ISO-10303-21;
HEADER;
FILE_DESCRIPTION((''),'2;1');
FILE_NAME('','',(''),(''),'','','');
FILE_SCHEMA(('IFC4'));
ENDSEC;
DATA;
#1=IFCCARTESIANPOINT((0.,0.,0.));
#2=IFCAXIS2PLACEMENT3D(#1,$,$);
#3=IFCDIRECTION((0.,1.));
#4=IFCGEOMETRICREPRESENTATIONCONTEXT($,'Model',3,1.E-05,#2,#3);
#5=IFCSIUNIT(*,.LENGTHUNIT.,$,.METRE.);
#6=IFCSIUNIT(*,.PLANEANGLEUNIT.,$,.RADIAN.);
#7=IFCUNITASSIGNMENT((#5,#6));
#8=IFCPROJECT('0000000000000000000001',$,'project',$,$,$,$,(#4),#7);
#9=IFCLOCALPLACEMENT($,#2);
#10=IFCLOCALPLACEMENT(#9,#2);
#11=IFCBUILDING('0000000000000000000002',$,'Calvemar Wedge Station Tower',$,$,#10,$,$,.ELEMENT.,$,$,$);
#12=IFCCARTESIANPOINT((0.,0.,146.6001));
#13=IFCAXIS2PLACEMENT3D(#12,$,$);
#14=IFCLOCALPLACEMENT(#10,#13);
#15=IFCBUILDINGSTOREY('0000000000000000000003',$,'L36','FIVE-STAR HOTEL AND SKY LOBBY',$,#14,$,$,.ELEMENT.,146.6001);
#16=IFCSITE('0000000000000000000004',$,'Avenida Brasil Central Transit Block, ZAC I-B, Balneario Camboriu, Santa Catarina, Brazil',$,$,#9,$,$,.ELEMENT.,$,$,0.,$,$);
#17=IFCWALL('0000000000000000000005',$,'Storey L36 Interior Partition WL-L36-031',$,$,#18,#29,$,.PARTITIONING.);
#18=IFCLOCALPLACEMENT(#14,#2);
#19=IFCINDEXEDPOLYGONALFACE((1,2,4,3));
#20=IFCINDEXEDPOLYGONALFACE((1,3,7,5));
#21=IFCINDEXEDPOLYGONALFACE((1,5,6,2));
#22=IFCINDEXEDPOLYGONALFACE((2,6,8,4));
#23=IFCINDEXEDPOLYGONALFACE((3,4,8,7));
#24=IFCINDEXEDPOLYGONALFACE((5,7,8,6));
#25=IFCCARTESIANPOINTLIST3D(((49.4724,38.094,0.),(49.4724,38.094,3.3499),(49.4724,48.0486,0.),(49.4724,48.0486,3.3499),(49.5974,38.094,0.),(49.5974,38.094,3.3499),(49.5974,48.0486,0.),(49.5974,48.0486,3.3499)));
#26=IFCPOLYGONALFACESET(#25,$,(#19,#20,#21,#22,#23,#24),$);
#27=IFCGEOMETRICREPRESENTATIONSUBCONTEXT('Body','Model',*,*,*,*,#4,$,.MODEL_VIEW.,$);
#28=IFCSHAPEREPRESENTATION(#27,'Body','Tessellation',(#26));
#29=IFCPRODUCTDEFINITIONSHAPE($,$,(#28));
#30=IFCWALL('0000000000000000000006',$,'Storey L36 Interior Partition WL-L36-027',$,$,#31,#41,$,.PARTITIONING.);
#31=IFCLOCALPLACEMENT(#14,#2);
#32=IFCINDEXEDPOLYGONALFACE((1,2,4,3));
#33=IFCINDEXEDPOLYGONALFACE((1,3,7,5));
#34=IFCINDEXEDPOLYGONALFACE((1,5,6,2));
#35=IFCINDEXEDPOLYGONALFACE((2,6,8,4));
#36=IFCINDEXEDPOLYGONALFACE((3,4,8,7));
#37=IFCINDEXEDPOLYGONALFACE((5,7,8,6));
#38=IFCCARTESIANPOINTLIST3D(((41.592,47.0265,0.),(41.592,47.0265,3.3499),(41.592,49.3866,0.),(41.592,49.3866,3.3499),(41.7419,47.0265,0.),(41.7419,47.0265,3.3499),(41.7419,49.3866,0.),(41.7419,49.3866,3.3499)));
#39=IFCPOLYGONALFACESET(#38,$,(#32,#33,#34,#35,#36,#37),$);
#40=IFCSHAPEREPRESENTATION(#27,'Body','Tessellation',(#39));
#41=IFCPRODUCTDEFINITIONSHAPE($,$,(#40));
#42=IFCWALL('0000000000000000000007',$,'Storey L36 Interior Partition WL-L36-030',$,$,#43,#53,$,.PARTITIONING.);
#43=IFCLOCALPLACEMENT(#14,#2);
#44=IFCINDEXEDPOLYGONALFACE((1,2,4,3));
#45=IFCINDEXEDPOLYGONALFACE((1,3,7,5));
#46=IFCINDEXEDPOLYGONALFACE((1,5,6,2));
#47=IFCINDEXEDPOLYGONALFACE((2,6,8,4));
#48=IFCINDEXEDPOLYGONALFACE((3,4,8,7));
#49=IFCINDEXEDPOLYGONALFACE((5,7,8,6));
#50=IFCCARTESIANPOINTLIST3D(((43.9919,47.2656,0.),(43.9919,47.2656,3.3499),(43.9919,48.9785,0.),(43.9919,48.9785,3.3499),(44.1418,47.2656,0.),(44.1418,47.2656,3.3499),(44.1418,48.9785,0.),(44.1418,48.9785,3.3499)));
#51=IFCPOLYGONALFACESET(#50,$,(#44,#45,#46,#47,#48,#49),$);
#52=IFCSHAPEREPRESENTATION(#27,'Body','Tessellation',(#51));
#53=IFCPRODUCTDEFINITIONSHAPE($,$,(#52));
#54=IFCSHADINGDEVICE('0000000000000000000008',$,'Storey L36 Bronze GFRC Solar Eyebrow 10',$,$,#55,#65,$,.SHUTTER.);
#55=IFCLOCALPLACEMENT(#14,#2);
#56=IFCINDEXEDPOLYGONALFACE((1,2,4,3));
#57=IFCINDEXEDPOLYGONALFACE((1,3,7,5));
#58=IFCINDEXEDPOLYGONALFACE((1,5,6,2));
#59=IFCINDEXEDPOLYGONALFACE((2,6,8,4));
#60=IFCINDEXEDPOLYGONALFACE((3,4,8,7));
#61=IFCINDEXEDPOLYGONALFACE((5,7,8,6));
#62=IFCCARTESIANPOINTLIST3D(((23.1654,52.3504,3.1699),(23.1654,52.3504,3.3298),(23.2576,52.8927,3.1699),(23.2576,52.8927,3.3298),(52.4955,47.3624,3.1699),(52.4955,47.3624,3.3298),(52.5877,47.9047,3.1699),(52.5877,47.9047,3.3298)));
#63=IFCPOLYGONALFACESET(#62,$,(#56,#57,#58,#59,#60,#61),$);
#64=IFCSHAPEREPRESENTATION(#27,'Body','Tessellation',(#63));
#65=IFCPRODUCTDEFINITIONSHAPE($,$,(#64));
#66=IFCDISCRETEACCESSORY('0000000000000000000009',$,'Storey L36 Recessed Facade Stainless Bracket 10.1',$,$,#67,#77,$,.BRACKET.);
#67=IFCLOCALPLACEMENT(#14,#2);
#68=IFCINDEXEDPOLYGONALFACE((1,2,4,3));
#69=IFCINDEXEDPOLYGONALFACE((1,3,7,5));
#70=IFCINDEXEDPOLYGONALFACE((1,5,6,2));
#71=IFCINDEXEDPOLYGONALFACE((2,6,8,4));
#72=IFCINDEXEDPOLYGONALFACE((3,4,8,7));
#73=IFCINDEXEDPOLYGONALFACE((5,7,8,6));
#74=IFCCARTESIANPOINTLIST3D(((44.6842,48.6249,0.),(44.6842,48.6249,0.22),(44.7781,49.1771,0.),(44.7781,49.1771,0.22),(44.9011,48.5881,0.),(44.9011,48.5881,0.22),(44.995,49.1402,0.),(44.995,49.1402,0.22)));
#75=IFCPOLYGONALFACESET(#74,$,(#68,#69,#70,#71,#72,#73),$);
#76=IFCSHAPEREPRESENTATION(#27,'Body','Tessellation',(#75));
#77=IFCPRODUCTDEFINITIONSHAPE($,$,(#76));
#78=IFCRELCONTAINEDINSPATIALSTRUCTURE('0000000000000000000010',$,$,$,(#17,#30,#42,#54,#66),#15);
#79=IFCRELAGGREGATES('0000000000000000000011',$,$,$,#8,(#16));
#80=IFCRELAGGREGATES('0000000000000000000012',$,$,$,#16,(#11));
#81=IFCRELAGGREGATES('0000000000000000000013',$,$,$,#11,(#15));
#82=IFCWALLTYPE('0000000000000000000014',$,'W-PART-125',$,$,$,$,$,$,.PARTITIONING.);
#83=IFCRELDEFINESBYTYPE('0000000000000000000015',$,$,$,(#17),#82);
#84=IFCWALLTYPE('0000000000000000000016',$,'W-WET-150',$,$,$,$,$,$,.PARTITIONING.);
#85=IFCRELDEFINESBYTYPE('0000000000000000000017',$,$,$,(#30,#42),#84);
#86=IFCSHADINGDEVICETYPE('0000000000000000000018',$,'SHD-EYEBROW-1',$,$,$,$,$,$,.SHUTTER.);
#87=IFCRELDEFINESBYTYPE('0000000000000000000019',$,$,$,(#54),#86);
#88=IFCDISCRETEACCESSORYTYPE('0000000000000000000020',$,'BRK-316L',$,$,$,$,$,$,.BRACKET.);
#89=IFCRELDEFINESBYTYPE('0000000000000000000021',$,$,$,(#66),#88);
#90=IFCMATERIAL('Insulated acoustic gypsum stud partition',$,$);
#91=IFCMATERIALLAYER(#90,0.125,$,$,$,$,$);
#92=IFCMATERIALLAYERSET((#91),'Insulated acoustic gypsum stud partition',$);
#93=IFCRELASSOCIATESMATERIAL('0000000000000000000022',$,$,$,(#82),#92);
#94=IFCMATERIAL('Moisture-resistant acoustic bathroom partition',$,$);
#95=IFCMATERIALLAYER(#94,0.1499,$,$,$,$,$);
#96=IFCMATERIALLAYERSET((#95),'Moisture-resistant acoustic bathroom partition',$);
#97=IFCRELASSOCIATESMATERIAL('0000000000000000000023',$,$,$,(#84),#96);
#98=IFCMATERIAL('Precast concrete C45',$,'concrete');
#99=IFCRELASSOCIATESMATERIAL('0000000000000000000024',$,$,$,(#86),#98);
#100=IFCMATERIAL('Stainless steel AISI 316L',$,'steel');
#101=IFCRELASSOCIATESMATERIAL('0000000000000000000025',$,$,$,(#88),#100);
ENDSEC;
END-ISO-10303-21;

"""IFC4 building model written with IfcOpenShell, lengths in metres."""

from ifc_helpers import new_model, si_unit, direction, frame, frame_2d, origin, origin_2d, place, context, subcontext, project, spatial, rectangle, extrude, source, transform, mapped, material, layer, layer_set, type_object, element, save


model = new_model("IFC4")

# Units and contexts
model_context = context("Model", 3, precision=1e-05, world=origin(), true_north=direction((0.0, 1.0)))
body_context = subcontext(model_context, "Body", "Model", "MODEL_VIEW")
ifc_project = project(units=[si_unit("LENGTHUNIT", "METRE"), si_unit("PLANEANGLEUNIT", "RADIAN")], contexts=[model_context])

# Site, building, storey
site_placement = place(None, origin())
site = spatial("IfcSite", under=ifc_project, at=site_placement, Name="Avenida Brasil Central Transit Block, ZAC I-B, Balneario Camboriu, Santa Catarina, Brazil", CompositionType="ELEMENT", RefElevation=0.0)
building_placement = place(site_placement, origin())
building = spatial("IfcBuilding", under=site, at=building_placement, Name="Calvemar Wedge Station Tower", CompositionType="ELEMENT")
storey_placement = place(building_placement, frame((0.0, 0.0, 146.6001)))
storey = spatial("IfcBuildingStorey", under=building, at=storey_placement, Name="L36", Description="FIVE-STAR HOTEL AND SKY LOBBY", CompositionType="ELEMENT", Elevation=146.6001)

# Walls
ifc_material_1 = material(Name="Precast concrete C45", Category="concrete")
ifc_material_2 = material(Name="Insulated acoustic gypsum stud partition")
ifc_layer_1 = layer(ifc_material_2, 0.125)
ifc_layer_set_1 = layer_set([ifc_layer_1], Name="Insulated acoustic gypsum stud partition")
wall_type_1 = type_object("IfcWallType", Name="W-PART-125", PredefinedType="PARTITIONING", material=ifc_layer_set_1)
wall_1_placement = place(storey_placement, frame((49.5349, 48.0486, 0.0), z_axis=(0.0, 0.0, 1.0), x_axis=(0.0, -1.0, 0.0)))
element("IfcWall", 1, at=wall_1_placement, inside=storey, type_object=wall_type_1, Name="Storey L36 Interior Partition WL-L36-031", PredefinedType="PARTITIONING", context=body_context, shape_type="SweptSolid", body=[
    extrude(rectangle(XDim=9.9546, YDim=0.125, at=frame_2d((4.9773, 0.0))), origin(), (0.0, 0.0, 1.0), 3.3499),
])
ifc_material_3 = material(Name="Moisture-resistant acoustic bathroom partition")
ifc_layer_2 = layer(ifc_material_3, 0.1499)
ifc_layer_set_2 = layer_set([ifc_layer_2], Name="Moisture-resistant acoustic bathroom partition")
wall_type_2 = type_object("IfcWallType", Name="W-WET-150", PredefinedType="PARTITIONING", material=ifc_layer_set_2)
wall_2_placement = place(storey_placement, frame((41.667, 49.3867, 0.0), z_axis=(0.0, 0.0, 1.0), x_axis=(0.0, -1.0, 0.0)))
element("IfcWall", 2, at=wall_2_placement, inside=storey, type_object=wall_type_2, Name="Storey L36 Interior Partition WL-L36-027", PredefinedType="PARTITIONING", context=body_context, shape_type="SweptSolid", body=[
    extrude(rectangle(XDim=2.3601, YDim=0.1499, at=frame_2d((1.1802, 0.0))), origin(), (0.0, 0.0, 1.0), 3.3499),
])

# Wall
wall_3_placement = place(storey_placement, frame((44.0669, 48.9785, 0.0), z_axis=(0.0, 0.0, 1.0), x_axis=(0.0, -1.0, 0.0)))
element("IfcWall", 3, at=wall_3_placement, inside=storey, type_object=wall_type_2, Name="Storey L36 Interior Partition WL-L36-030", PredefinedType="PARTITIONING", context=body_context, shape_type="SweptSolid", body=[
    extrude(rectangle(XDim=1.7129, YDim=0.1499, at=frame_2d((0.8564, 0.0))), origin(), (0.0, 0.0, 1.0), 3.3499),
])

# Shading device
shading_device_type = type_object("IfcShadingDeviceType", Name="SHD-EYEBROW-1", PredefinedType="SHUTTER", material=ifc_material_1)
shading_device_placement = place(storey_placement, frame((52.5415, 47.6335, 3.1699), z_axis=(0.0, 0.0, 1.0), x_axis=(-0.985845, 0.167658, 0.0)))
element("IfcShadingDevice", 4, at=shading_device_placement, inside=storey, type_object=shading_device_type, Name="Storey L36 Bronze GFRC Solar Eyebrow 10", PredefinedType="SHUTTER", context=body_context, shape_type="SweptSolid", body=[
    extrude(rectangle(XDim=29.7512, YDim=0.55, at=frame_2d((14.8755, 0.0))), origin(), (0.0, 0.0, 1.0), 0.1599),
])

# Discrete accessory
ifc_material_4 = material(Name="Stainless steel AISI 316L", Category="steel")
discrete_accessory_type = type_object("IfcDiscreteAccessoryType", Name="BRK-316L", PredefinedType="BRACKET", material=ifc_material_4)
shared_shape_1 = source(origin(), body_context, "Body", "SweptSolid", [
    extrude(rectangle(XDim=0.22, YDim=0.5601, at=origin_2d()), origin(), (0.0, 0.0, 1.0), 0.22),
])
discrete_accessory_placement = place(storey_placement, frame((44.8396, 48.8826, 0.0), z_axis=(0.0, 0.0, 1.0), x_axis=(-0.98585, 0.167629, 0.0)))
element("IfcDiscreteAccessory", 5, at=discrete_accessory_placement, inside=storey, type_object=discrete_accessory_type, Name="Storey L36 Recessed Facade Stainless Bracket 10.1", PredefinedType="BRACKET", context=body_context, shape_type="MappedRepresentation", body=[
    mapped(shared_shape_1, transform((0.0, 0.0, 0.0), scale=1.0)),
])

save(model, "model.ifc")
